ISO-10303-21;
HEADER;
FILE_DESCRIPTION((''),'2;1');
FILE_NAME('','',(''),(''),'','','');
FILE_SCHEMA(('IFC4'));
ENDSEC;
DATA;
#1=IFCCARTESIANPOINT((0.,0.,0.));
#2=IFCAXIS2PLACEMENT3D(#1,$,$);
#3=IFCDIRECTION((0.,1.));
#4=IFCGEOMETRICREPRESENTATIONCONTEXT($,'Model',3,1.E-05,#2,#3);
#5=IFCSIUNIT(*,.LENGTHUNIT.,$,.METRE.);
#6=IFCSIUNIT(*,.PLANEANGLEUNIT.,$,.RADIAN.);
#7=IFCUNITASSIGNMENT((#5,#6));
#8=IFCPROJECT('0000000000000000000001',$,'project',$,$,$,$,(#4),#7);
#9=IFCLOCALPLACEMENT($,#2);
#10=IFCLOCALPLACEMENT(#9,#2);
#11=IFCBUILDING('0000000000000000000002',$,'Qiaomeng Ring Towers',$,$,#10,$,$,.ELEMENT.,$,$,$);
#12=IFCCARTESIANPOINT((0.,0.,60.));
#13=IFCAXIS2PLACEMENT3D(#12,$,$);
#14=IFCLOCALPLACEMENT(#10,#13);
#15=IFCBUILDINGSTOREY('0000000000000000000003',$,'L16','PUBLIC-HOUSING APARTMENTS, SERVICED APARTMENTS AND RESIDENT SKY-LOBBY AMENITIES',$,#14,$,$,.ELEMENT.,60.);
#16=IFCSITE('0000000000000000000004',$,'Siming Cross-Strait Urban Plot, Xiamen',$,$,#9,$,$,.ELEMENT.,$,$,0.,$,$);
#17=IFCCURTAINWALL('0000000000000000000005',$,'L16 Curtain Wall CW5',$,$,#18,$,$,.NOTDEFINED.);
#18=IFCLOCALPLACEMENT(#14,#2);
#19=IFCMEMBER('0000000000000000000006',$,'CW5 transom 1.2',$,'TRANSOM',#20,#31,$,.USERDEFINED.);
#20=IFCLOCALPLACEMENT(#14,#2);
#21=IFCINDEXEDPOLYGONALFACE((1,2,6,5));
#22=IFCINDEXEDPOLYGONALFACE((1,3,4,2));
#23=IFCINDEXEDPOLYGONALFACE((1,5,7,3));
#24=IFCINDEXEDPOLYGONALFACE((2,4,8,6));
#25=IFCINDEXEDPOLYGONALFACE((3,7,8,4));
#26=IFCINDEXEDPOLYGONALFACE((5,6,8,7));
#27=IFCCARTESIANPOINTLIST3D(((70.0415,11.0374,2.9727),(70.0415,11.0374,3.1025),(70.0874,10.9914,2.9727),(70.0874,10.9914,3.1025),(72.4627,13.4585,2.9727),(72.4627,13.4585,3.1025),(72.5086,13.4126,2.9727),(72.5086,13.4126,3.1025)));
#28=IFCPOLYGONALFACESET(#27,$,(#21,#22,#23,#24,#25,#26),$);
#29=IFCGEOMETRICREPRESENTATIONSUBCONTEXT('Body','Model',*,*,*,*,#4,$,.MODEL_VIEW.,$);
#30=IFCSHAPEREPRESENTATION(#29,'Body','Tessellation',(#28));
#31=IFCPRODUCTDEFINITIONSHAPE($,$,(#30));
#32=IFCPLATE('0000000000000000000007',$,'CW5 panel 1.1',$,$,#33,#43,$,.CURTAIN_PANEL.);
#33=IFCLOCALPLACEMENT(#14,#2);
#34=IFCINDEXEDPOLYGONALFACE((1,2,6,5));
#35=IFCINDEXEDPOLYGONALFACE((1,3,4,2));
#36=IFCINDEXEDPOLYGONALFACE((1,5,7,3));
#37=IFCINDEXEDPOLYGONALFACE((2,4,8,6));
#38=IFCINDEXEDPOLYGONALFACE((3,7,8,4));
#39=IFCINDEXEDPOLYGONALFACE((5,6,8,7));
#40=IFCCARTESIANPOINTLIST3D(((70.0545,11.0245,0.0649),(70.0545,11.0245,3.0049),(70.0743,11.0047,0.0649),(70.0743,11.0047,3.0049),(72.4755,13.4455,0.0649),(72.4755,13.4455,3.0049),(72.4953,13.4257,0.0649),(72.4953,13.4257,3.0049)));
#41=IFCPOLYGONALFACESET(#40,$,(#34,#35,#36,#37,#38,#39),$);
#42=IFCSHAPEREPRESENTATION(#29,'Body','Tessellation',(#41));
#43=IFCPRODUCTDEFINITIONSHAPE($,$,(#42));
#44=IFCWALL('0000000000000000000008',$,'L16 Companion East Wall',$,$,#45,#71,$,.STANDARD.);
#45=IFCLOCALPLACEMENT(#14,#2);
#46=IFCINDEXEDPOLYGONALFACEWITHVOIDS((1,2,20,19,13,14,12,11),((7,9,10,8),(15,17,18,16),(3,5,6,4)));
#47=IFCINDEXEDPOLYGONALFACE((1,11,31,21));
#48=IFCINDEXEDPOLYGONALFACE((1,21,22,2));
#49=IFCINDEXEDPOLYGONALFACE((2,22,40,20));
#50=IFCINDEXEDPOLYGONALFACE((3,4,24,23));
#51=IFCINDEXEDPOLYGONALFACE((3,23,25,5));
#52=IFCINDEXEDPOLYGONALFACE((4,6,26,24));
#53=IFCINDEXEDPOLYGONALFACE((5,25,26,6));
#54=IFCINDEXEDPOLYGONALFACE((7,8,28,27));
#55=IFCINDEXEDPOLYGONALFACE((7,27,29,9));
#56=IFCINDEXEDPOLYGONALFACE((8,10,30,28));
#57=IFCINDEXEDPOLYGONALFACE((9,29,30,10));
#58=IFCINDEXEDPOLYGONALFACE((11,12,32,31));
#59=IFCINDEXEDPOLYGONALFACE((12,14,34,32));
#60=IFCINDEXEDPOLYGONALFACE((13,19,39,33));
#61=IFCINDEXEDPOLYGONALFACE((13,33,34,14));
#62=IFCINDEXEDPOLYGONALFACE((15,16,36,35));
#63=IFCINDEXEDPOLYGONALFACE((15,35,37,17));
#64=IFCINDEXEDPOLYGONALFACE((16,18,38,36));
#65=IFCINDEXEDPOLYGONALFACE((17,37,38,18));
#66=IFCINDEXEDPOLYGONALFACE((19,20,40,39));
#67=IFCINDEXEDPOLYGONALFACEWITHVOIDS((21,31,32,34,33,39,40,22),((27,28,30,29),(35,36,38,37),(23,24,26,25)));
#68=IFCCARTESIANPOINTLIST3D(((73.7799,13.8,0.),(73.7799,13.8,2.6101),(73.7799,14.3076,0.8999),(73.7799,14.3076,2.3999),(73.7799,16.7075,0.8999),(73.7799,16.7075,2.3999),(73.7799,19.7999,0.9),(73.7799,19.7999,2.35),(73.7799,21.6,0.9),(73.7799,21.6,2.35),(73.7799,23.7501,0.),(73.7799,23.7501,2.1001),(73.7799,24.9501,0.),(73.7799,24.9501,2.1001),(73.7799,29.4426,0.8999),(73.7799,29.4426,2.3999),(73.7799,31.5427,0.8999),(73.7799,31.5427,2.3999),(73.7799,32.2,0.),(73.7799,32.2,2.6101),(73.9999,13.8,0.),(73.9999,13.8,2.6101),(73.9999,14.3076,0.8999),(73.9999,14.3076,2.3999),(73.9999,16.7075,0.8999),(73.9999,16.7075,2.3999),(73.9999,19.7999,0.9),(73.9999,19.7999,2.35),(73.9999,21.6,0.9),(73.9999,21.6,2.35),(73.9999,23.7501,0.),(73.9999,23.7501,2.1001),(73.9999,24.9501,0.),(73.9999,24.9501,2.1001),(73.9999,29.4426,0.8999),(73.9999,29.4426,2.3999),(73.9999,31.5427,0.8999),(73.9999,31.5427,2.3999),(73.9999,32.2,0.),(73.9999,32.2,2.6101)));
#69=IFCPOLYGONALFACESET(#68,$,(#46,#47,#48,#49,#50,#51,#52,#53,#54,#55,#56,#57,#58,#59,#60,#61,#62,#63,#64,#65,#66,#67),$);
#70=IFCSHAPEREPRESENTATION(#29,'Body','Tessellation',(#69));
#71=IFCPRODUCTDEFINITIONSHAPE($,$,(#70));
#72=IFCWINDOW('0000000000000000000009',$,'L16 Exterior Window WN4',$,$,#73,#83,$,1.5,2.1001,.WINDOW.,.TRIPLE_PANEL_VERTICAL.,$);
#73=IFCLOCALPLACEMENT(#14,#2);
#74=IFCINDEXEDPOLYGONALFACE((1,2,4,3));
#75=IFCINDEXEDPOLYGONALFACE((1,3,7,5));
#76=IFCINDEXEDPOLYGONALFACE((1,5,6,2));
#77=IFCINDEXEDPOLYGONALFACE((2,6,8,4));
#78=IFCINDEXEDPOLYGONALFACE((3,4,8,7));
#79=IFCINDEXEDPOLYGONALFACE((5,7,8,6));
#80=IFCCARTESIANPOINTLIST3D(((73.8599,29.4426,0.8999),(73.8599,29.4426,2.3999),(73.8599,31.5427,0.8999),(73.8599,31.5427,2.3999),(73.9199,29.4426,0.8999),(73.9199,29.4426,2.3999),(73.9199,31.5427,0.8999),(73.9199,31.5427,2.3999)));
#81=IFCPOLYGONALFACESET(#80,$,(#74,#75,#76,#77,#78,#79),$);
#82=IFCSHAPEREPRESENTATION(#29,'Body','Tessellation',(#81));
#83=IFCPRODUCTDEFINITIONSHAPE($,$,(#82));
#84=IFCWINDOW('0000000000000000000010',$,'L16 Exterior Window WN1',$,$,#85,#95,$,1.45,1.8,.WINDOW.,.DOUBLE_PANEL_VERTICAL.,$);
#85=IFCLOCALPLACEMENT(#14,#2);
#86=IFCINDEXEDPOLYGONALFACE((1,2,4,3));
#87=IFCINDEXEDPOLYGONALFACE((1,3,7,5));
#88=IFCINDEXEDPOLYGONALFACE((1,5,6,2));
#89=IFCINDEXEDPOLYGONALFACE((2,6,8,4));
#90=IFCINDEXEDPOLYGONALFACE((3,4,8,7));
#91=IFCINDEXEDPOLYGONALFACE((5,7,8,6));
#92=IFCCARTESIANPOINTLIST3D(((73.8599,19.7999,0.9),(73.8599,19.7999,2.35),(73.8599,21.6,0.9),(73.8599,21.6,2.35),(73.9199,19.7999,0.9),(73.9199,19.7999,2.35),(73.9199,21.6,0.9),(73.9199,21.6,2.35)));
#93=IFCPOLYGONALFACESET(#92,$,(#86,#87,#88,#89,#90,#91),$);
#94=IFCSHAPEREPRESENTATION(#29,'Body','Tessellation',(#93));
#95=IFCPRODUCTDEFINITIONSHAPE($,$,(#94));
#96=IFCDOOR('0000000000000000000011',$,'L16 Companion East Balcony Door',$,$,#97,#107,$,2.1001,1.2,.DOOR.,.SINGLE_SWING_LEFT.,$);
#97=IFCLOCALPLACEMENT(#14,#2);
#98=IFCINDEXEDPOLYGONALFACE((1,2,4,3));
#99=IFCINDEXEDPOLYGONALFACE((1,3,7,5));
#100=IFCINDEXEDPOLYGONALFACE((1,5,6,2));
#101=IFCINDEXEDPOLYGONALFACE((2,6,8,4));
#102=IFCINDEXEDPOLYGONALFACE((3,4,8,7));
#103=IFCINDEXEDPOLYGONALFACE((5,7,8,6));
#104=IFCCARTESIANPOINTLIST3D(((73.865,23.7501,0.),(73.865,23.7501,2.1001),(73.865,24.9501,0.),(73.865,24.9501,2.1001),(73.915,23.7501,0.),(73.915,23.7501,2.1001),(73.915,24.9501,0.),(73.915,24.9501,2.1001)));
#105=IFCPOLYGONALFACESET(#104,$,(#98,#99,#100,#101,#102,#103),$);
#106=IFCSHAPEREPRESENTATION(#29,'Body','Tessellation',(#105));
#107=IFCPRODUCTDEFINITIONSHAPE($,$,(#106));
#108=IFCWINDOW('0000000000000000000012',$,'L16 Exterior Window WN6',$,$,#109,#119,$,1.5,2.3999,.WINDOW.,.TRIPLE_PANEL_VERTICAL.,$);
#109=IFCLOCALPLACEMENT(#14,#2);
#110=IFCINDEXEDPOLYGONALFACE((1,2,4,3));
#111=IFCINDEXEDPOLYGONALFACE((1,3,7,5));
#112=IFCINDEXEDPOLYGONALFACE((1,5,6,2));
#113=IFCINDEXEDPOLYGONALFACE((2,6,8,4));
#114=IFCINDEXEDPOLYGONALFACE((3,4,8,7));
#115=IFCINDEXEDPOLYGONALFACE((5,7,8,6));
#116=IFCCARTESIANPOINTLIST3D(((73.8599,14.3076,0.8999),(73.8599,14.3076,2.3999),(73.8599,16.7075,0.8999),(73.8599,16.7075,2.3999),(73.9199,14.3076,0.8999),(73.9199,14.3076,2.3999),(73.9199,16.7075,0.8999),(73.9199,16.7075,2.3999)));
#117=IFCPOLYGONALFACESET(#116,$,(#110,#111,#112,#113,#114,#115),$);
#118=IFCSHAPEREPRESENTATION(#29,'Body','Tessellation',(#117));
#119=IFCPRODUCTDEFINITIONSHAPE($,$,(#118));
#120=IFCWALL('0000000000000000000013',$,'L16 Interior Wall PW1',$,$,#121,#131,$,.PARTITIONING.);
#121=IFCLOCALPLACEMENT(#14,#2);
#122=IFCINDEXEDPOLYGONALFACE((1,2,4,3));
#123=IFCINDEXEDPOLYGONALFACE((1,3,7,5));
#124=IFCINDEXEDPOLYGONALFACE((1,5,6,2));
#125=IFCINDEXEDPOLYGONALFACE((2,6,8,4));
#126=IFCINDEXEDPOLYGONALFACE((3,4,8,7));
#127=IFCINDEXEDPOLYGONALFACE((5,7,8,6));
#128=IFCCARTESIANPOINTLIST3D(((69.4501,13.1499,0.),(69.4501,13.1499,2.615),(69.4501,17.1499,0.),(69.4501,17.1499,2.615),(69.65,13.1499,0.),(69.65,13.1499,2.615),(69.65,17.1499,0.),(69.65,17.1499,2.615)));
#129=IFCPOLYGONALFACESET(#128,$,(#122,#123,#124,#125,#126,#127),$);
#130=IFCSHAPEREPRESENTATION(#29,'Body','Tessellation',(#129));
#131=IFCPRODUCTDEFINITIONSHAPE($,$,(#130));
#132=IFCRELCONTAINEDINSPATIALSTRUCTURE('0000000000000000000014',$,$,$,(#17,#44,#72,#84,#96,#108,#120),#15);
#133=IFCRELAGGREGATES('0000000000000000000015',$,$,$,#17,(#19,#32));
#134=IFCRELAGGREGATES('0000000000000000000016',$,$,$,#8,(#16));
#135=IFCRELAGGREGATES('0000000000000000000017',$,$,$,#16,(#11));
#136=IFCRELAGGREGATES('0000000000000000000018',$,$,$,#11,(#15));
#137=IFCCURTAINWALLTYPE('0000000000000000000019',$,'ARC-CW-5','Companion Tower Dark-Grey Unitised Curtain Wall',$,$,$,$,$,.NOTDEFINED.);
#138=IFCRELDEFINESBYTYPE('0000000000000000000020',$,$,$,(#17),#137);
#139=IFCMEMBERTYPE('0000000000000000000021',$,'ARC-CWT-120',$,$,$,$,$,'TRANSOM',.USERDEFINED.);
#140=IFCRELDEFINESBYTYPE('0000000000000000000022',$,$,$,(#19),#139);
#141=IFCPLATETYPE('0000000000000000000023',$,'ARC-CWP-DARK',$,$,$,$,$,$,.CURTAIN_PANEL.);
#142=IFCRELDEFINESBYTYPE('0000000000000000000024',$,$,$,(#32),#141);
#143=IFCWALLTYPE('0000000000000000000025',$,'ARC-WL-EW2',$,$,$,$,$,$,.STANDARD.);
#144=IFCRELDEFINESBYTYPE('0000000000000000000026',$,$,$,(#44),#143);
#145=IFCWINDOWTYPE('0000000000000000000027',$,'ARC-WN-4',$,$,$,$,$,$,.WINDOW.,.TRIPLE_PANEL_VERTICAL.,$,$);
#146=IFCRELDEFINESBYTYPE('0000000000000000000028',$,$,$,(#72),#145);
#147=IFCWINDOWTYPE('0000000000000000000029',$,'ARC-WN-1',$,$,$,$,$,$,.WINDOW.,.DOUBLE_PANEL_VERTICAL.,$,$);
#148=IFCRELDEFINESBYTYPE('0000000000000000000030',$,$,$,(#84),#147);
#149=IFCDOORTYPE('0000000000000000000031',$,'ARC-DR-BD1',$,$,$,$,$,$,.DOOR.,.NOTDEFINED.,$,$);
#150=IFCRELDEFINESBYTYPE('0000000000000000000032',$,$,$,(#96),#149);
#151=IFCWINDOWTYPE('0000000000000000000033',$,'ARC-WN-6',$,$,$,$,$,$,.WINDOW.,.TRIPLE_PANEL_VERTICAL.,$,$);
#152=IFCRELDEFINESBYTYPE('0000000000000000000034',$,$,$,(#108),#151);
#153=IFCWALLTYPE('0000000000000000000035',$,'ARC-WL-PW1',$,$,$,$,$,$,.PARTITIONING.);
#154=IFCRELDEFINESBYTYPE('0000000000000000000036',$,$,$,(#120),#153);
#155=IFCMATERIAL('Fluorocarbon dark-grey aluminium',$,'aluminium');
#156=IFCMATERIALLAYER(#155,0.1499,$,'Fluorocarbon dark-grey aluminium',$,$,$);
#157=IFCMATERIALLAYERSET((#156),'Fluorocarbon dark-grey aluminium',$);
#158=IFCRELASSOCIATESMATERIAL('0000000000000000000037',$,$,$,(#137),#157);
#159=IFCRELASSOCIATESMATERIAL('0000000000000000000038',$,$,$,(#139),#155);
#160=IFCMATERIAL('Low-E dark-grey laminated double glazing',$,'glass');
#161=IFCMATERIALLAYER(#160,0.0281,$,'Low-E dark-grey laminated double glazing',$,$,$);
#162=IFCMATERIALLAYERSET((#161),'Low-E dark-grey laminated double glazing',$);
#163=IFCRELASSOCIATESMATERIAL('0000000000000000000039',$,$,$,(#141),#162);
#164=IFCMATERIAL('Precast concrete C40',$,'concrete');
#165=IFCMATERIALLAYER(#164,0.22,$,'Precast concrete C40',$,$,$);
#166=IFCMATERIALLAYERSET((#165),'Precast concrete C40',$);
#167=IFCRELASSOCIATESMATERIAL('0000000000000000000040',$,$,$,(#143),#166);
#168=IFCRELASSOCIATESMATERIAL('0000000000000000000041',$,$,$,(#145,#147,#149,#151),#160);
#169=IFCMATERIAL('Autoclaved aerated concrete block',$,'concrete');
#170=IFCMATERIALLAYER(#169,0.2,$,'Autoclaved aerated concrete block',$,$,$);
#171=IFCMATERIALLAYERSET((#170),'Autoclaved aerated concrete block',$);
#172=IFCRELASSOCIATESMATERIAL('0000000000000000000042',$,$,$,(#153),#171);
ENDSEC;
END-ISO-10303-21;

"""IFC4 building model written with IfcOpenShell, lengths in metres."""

from ifc_helpers import new_model, si_unit, direction, frame, frame_2d, origin, origin_2d, place, context, subcontext, project, spatial, rectangle, extrude, source, transform, mapped, material, layer, layer_set, material_profile, profile_set, type_object, element, fill, aggregate, save


model = new_model("IFC4")

# Units and contexts
model_context = context("Model", 3, precision=1e-05, world=origin(), true_north=direction((0.0, 1.0)))
body_context = subcontext(model_context, "Body", "Model", "MODEL_VIEW")
ifc_project = project(units=[si_unit("LENGTHUNIT", "METRE"), si_unit("PLANEANGLEUNIT", "RADIAN")], contexts=[model_context])

# Site, building, storey
site_placement = place(None, origin())
site = spatial("IfcSite", under=ifc_project, at=site_placement, Name="Siming Cross-Strait Urban Plot, Xiamen", CompositionType="ELEMENT", RefElevation=0.0)
building_placement = place(site_placement, origin())
building = spatial("IfcBuilding", under=site, at=building_placement, Name="Qiaomeng Ring Towers", CompositionType="ELEMENT")
storey_placement = place(building_placement, frame((0.0, 0.0, 60.0)))
storey = spatial("IfcBuildingStorey", under=building, at=storey_placement, Name="L16", Description="PUBLIC-HOUSING APARTMENTS, SERVICED APARTMENTS AND RESIDENT SKY-LOBBY AMENITIES", CompositionType="ELEMENT", Elevation=60.0)

# Curtain wall
ifc_material_1 = material(Name="Fluorocarbon dark-grey aluminium", Category="aluminium")
ifc_layer_1 = layer(ifc_material_1, 0.1499, Name="Fluorocarbon dark-grey aluminium")
ifc_layer_set_1 = layer_set([ifc_layer_1], Name="Fluorocarbon dark-grey aluminium")
curtain_wall_type = type_object("IfcCurtainWallType", Name="ARC-CW-5", Description="Companion Tower Dark-Grey Unitised Curtain Wall", PredefinedType="NOTDEFINED", material=ifc_layer_set_1)
curtain_wall_1_placement = place(storey_placement, origin())
curtain_wall_1 = element("IfcCurtainWall", 1, at=curtain_wall_1_placement, inside=storey, type_object=curtain_wall_type, Name="L16 Curtain Wall CW5", PredefinedType="NOTDEFINED")

# Member
ifc_material_profile_1 = material_profile(ifc_material_1, rectangle(XDim=0.0649, YDim=0.1299, at=origin_2d()), Name="ALU TRAN 65x130")
ifc_profile_set_1 = profile_set([ifc_material_profile_1], Name="Fluorocarbon dark-grey aluminium")
member_type_1 = type_object("IfcMemberType", Name="ARC-CWT-120", ElementType="TRANSOM", PredefinedType="USERDEFINED", material=ifc_profile_set_1)
shared_shape_1 = source(origin(), body_context, "Body", "SweptSolid", [
    extrude(rectangle(XDim=0.0649, YDim=0.1299, at=origin_2d()), origin(), (0.0, 0.0, 1.0), 3.4241),
])
member_1_placement = place(storey_placement, frame((70.0645, 11.0144, 3.0376), z_axis=(0.707107, 0.707107, 0.0), x_axis=(-0.707107, 0.707107, 0.0)))
member_1 = element("IfcMember", 2, at=member_1_placement, type_object=member_type_1, Name="CW5 transom 1.2", ObjectType="TRANSOM", PredefinedType="USERDEFINED", context=body_context, shape_type="MappedRepresentation", body=[
    mapped(shared_shape_1, transform((0.0, 0.0, 0.0), x_axis=(1.0, 0.0, 0.0), y_axis=(0.0, 1.0, 0.0), z_axis=(0.0, 0.0, 1.0), scale=1.0)),
])

# Plate
ifc_material_2 = material(Name="Low-E dark-grey laminated double glazing", Category="glass")
ifc_layer_2 = layer(ifc_material_2, 0.0281, Name="Low-E dark-grey laminated double glazing")
ifc_layer_set_2 = layer_set([ifc_layer_2], Name="Low-E dark-grey laminated double glazing")
plate_type = type_object("IfcPlateType", Name="ARC-CWP-DARK", PredefinedType="CURTAIN_PANEL", material=ifc_layer_set_2)
shared_shape_2 = source(origin(), body_context, "Body", "SweptSolid", [
    extrude(rectangle(XDim=3.4238, YDim=0.0281, at=origin_2d()), origin(), (0.0, 0.0, 1.0), 2.9399),
])
plate_placement = place(storey_placement, frame((71.2749, 12.2251, 0.0649), z_axis=(0.0, 0.0, 1.0), x_axis=(0.707107, 0.707107, 0.0)))
plate = element("IfcPlate", 3, at=plate_placement, type_object=plate_type, Name="CW5 panel 1.1", PredefinedType="CURTAIN_PANEL", context=body_context, shape_type="MappedRepresentation", body=[
    mapped(shared_shape_2, transform((0.0, 0.0, 0.0), x_axis=(1.0, 0.0, 0.0), y_axis=(0.0, 1.0, 0.0), z_axis=(0.0, 0.0, 1.0), scale=1.0)),
])
aggregate(curtain_wall_1, [member_1, plate])

# Wall, openings, windows, door
ifc_material_3 = material(Name="Precast concrete C40", Category="concrete")
ifc_layer_3 = layer(ifc_material_3, 0.22, Name="Precast concrete C40")
ifc_layer_set_3 = layer_set([ifc_layer_3], Name="Precast concrete C40")
wall_type_1 = type_object("IfcWallType", Name="ARC-WL-EW2", PredefinedType="STANDARD", material=ifc_layer_set_3)
wall_1_placement = place(storey_placement, frame((73.8899, 13.8, 0.0), z_axis=(0.0, 0.0, 1.0), x_axis=(0.0, 1.0, 0.0)))
wall_1 = element("IfcWall", 4, at=wall_1_placement, inside=storey, type_object=wall_type_1, Name="L16 Companion East Wall", PredefinedType="STANDARD", context=body_context, shape_type="SweptSolid", body=[
    extrude(rectangle(XDim=18.3999, YDim=0.22, at=frame_2d((9.2, 0.0))), origin(), (0.0, 0.0, 1.0), 2.6101),
])
opening_1_placement = place(wall_1_placement, frame((9.95, 0.0, 0.0)))
opening_1 = element("IfcOpeningElement", 5, at=opening_1_placement, cuts=wall_1, PredefinedType="OPENING", context=body_context, shape_type="SweptSolid", body=[
    extrude(rectangle(XDim=1.2, YDim=2.1001, at=frame_2d((0.6001, 1.05))), frame((0.0, 0.1199, 0.0), z_axis=(0.0, -1.0, 0.0), x_axis=(1.0, 0.0, 0.0)), (0.0, 0.0, 1.0), 0.24),
])
opening_2_placement = place(wall_1_placement, frame((0.5076, 0.0, 0.8999)))
opening_2 = element("IfcOpeningElement", 6, at=opening_2_placement, cuts=wall_1, PredefinedType="OPENING", context=body_context, shape_type="SweptSolid", body=[
    extrude(rectangle(XDim=2.3999, YDim=1.5, at=frame_2d((1.2, 0.75))), frame((0.0, 0.1199, 0.0), z_axis=(0.0, -1.0, 0.0), x_axis=(1.0, 0.0, 0.0)), (0.0, 0.0, 1.0), 0.24),
])
opening_3_placement = place(wall_1_placement, frame((6.0, 0.0, 0.8999)))
opening_3 = element("IfcOpeningElement", 7, at=opening_3_placement, cuts=wall_1, PredefinedType="OPENING", context=body_context, shape_type="SweptSolid", body=[
    extrude(rectangle(XDim=1.8, YDim=1.45, at=frame_2d((0.8999, 0.7251))), frame((0.0, 0.1199, 0.0), z_axis=(0.0, -1.0, 0.0), x_axis=(1.0, 0.0, 0.0)), (0.0, 0.0, 1.0), 0.24),
])
opening_4_placement = place(wall_1_placement, frame((15.6426, 0.0, 0.8999)))
opening_4 = element("IfcOpeningElement", 8, at=opening_4_placement, cuts=wall_1, PredefinedType="OPENING", context=body_context, shape_type="SweptSolid", body=[
    extrude(rectangle(XDim=2.1001, YDim=1.5, at=frame_2d((1.05, 0.75))), frame((0.0, 0.1199, 0.0), z_axis=(0.0, -1.0, 0.0), x_axis=(1.0, 0.0, 0.0)), (0.0, 0.0, 1.0), 0.24),
])
window_type_1 = type_object("IfcWindowType", Name="ARC-WN-4", PartitioningType="TRIPLE_PANEL_VERTICAL", PredefinedType="WINDOW", material=ifc_material_2)
shared_shape_3 = source(origin(), body_context, "Body", "SweptSolid", [
    extrude(rectangle(XDim=2.1001, YDim=1.5, at=frame_2d((1.05, 0.75))), frame((0.0, 0.03, 0.0), z_axis=(0.0, -1.0, 0.0), x_axis=(1.0, 0.0, 0.0)), (0.0, 0.0, 1.0), 0.0601),
])
window_1_placement = place(opening_4_placement, origin())
window_1 = element("IfcWindow", 9, at=window_1_placement, inside=storey, type_object=window_type_1, Name="L16 Exterior Window WN4", OverallHeight=1.5, OverallWidth=2.1001, PartitioningType="TRIPLE_PANEL_VERTICAL", PredefinedType="WINDOW", context=body_context, shape_type="MappedRepresentation", body=[
    mapped(shared_shape_3, transform((0.0, 0.0, 0.0), x_axis=(1.0, 0.0, 0.0), y_axis=(0.0, 1.0, 0.0), z_axis=(0.0, 0.0, 1.0), scale=1.0)),
])
fill(opening_4, window_1)
window_type_2 = type_object("IfcWindowType", Name="ARC-WN-1", PartitioningType="DOUBLE_PANEL_VERTICAL", PredefinedType="WINDOW", material=ifc_material_2)
shared_shape_4 = source(origin(), body_context, "Body", "SweptSolid", [
    extrude(rectangle(XDim=1.8, YDim=1.45, at=frame_2d((0.8999, 0.7251))), frame((0.0, 0.03, 0.0), z_axis=(0.0, -1.0, 0.0), x_axis=(1.0, 0.0, 0.0)), (0.0, 0.0, 1.0), 0.0601),
])
window_2_placement = place(opening_3_placement, origin())
window_2 = element("IfcWindow", 10, at=window_2_placement, inside=storey, type_object=window_type_2, Name="L16 Exterior Window WN1", OverallHeight=1.45, OverallWidth=1.8, PartitioningType="DOUBLE_PANEL_VERTICAL", PredefinedType="WINDOW", context=body_context, shape_type="MappedRepresentation", body=[
    mapped(shared_shape_4, transform((0.0, 0.0, 0.0), x_axis=(1.0, 0.0, 0.0), y_axis=(0.0, 1.0, 0.0), z_axis=(0.0, 0.0, 1.0), scale=1.0)),
])
fill(opening_3, window_2)
door_type_1 = type_object("IfcDoorType", Name="ARC-DR-BD1", OperationType="NOTDEFINED", PredefinedType="DOOR", material=ifc_material_2)
shared_shape_5 = source(origin(), body_context, "Body", "SweptSolid", [
    extrude(rectangle(XDim=1.2, YDim=2.1001, at=frame_2d((0.6001, 1.05))), frame((0.0, 0.0249, 0.0), z_axis=(0.0, -1.0, 0.0), x_axis=(1.0, 0.0, 0.0)), (0.0, 0.0, 1.0), 0.05),
])
door_1_placement = place(opening_1_placement, origin())
door_1 = element("IfcDoor", 11, at=door_1_placement, inside=storey, type_object=door_type_1, Name="L16 Companion East Balcony Door", OperationType="SINGLE_SWING_LEFT", OverallHeight=2.1001, OverallWidth=1.2, PredefinedType="DOOR", context=body_context, shape_type="MappedRepresentation", body=[
    mapped(shared_shape_5, transform((0.0, 0.0, 0.0), x_axis=(1.0, 0.0, 0.0), y_axis=(0.0, 1.0, 0.0), z_axis=(0.0, 0.0, 1.0), scale=1.0)),
])
fill(opening_1, door_1)
window_type_3 = type_object("IfcWindowType", Name="ARC-WN-6", PartitioningType="TRIPLE_PANEL_VERTICAL", PredefinedType="WINDOW", material=ifc_material_2)
shared_shape_6 = source(origin(), body_context, "Body", "SweptSolid", [
    extrude(rectangle(XDim=2.3999, YDim=1.5, at=frame_2d((1.2, 0.75))), frame((0.0, 0.03, 0.0), z_axis=(0.0, -1.0, 0.0), x_axis=(1.0, 0.0, 0.0)), (0.0, 0.0, 1.0), 0.0601),
])
window_3_placement = place(opening_2_placement, origin())
window_3 = element("IfcWindow", 12, at=window_3_placement, inside=storey, type_object=window_type_3, Name="L16 Exterior Window WN6", OverallHeight=1.5, OverallWidth=2.3999, PartitioningType="TRIPLE_PANEL_VERTICAL", PredefinedType="WINDOW", context=body_context, shape_type="MappedRepresentation", body=[
    mapped(shared_shape_6, transform((0.0, 0.0, 0.0), x_axis=(1.0, 0.0, 0.0), y_axis=(0.0, 1.0, 0.0), z_axis=(0.0, 0.0, 1.0), scale=1.0)),
])
fill(opening_2, window_3)

# Wall
ifc_material_4 = material(Name="Autoclaved aerated concrete block", Category="concrete")
ifc_layer_4 = layer(ifc_material_4, 0.2, Name="Autoclaved aerated concrete block")
ifc_layer_set_4 = layer_set([ifc_layer_4], Name="Autoclaved aerated concrete block")
wall_type_2 = type_object("IfcWallType", Name="ARC-WL-PW1", PredefinedType="PARTITIONING", material=ifc_layer_set_4)
wall_2_placement = place(storey_placement, frame((69.55, 13.1499, 0.0), z_axis=(0.0, 0.0, 1.0), x_axis=(0.0, 1.0, 0.0)))
element("IfcWall", 13, at=wall_2_placement, inside=storey, type_object=wall_type_2, Name="L16 Interior Wall PW1", PredefinedType="PARTITIONING", context=body_context, shape_type="SweptSolid", body=[
    extrude(rectangle(XDim=4.0, YDim=0.2, at=frame_2d((2.0, 0.0))), origin(), (0.0, 0.0, 1.0), 2.615),
])

save(model, "model.ifc")
